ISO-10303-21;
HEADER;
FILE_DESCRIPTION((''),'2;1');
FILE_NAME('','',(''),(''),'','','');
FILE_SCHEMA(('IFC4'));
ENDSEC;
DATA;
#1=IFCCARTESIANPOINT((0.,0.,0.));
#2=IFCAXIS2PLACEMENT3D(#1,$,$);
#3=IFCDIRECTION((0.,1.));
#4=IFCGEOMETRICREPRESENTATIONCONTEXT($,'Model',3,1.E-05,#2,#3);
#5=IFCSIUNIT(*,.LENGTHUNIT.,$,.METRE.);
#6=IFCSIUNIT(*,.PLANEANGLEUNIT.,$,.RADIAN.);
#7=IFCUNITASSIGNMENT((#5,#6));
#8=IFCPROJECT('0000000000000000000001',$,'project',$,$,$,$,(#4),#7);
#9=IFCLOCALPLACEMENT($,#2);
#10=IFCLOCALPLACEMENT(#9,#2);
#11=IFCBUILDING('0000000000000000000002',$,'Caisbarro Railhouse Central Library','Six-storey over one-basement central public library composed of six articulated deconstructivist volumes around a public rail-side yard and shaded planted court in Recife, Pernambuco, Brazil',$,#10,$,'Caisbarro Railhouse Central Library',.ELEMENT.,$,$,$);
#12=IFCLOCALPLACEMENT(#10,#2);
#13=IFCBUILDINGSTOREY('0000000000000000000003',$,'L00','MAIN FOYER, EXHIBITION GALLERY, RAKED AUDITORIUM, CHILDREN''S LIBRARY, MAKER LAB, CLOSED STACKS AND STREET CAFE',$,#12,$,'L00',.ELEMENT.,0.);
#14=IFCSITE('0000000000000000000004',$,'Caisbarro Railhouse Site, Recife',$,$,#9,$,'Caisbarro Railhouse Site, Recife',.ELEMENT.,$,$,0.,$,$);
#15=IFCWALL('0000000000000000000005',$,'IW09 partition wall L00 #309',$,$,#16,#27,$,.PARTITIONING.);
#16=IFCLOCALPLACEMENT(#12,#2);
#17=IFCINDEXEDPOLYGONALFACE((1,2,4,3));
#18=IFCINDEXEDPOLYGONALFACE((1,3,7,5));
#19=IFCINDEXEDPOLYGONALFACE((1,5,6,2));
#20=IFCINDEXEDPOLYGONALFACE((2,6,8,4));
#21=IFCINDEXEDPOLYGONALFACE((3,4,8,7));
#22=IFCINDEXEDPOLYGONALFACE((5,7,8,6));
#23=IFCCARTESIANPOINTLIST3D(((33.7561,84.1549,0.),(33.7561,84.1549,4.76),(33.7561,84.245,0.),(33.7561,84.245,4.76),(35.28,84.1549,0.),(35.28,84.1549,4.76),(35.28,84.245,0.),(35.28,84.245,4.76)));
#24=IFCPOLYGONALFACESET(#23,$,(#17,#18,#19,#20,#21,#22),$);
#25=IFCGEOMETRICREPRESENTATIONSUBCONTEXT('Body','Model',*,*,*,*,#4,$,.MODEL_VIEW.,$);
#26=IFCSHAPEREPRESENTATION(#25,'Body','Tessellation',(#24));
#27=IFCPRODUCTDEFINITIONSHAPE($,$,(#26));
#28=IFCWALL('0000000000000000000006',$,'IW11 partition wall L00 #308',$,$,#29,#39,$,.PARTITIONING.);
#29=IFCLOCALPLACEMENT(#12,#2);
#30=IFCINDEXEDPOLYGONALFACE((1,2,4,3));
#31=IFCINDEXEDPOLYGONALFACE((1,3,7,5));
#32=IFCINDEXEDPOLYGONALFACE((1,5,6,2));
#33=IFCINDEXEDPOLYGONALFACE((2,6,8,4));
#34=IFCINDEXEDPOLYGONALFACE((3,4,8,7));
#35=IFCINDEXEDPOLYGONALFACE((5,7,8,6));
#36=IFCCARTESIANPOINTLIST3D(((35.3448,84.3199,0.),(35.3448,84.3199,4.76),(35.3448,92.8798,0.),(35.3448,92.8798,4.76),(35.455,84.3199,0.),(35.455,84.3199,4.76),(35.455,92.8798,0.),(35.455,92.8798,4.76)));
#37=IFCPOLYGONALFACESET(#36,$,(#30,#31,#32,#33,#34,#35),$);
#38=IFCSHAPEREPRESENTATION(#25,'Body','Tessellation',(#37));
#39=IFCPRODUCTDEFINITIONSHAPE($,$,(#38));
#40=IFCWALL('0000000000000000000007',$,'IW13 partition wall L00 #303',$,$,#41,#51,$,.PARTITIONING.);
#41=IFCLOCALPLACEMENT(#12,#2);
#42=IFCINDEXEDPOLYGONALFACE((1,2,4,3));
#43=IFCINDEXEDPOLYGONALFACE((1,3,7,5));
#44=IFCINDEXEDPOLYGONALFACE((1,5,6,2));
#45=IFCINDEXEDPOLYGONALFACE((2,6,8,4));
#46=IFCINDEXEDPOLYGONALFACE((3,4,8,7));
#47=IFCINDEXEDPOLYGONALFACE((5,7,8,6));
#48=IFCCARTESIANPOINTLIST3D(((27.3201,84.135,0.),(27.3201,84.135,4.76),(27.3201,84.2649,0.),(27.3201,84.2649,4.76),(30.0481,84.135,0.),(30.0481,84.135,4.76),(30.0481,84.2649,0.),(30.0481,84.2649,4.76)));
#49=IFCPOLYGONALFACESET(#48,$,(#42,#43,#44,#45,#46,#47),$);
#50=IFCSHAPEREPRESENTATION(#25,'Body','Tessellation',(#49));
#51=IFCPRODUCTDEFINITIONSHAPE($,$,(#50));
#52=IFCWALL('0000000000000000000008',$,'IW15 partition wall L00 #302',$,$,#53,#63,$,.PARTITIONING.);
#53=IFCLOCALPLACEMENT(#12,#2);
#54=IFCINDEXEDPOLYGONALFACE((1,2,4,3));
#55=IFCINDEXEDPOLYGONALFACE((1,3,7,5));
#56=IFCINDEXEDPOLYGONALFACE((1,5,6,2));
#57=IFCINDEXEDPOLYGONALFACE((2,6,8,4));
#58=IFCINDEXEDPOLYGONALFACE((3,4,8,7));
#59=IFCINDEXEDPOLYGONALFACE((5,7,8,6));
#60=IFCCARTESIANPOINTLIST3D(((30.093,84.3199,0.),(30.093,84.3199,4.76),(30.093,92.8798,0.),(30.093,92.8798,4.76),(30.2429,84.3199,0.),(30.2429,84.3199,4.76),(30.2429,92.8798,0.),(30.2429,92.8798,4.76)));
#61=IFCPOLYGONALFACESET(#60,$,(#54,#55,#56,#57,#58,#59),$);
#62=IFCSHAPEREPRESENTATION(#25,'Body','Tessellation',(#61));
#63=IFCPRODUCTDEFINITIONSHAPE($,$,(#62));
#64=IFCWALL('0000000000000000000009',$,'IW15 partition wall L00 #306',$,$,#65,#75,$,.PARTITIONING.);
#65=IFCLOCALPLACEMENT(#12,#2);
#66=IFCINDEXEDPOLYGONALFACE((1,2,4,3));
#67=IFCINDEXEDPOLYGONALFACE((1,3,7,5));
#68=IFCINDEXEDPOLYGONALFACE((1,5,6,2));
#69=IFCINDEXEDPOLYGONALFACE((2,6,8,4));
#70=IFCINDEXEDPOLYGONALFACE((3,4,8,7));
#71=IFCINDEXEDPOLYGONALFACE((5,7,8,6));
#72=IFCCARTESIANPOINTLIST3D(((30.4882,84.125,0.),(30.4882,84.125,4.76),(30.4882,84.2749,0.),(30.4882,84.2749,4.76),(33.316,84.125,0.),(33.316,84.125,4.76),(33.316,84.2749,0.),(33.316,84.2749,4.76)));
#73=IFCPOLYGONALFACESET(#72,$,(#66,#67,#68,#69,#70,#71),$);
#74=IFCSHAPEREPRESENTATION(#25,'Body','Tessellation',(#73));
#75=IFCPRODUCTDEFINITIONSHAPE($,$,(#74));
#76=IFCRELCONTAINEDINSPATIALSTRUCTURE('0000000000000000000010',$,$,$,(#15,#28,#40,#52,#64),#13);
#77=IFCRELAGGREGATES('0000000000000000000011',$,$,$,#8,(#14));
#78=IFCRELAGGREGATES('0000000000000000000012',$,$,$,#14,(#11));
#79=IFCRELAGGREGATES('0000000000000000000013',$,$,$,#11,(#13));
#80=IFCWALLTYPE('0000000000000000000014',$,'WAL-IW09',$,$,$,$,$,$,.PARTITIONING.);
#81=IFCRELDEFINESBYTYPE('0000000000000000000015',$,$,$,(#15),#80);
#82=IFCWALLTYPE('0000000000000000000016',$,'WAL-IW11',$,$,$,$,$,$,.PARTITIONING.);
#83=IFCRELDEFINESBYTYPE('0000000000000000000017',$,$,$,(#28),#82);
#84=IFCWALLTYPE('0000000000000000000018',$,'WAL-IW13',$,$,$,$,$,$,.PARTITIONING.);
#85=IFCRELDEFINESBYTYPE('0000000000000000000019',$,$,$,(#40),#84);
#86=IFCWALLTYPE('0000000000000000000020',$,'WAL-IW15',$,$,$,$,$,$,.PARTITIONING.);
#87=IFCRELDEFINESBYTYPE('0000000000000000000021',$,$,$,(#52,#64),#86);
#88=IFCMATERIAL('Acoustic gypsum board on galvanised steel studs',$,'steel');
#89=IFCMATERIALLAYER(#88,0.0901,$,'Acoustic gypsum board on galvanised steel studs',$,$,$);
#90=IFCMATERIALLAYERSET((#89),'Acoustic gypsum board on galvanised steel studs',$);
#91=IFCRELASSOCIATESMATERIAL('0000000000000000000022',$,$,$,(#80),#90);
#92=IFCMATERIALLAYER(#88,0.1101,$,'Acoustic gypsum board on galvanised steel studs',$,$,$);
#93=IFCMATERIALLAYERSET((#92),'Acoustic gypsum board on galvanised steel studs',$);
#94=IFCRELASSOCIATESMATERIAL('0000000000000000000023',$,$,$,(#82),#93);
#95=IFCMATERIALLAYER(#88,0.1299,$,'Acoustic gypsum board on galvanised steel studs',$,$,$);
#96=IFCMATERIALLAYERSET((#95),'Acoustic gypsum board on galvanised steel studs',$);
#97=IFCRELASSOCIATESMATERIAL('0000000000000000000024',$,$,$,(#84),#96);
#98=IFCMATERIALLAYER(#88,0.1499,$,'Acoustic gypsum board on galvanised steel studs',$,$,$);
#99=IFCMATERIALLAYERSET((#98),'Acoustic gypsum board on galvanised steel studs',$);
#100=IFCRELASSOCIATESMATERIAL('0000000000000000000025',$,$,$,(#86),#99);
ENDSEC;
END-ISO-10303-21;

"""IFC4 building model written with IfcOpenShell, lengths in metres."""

from ifc_helpers import new_model, si_unit, direction, frame, frame_2d, origin, place, context, subcontext, project, spatial, rectangle, extrude, material, layer, layer_set, type_object, element, save


model = new_model("IFC4")

# Units and contexts
model_context = context("Model", 3, precision=1e-05, world=origin(), true_north=direction((0.0, 1.0)))
body_context = subcontext(model_context, "Body", "Model", "MODEL_VIEW")
ifc_project = project(units=[si_unit("LENGTHUNIT", "METRE"), si_unit("PLANEANGLEUNIT", "RADIAN")], contexts=[model_context])

# Site, building, storey
site_placement = place(None, origin())
site = spatial("IfcSite", under=ifc_project, at=site_placement, Name="Caisbarro Railhouse Site, Recife", LongName="Caisbarro Railhouse Site, Recife", CompositionType="ELEMENT", RefElevation=0.0)
building_placement = place(site_placement, origin())
building = spatial("IfcBuilding", under=site, at=building_placement, Name="Caisbarro Railhouse Central Library", Description="Six-storey over one-basement central public library composed of six articulated deconstructivist volumes around a public rail-side yard and shaded planted court in Recife, Pernambuco, Brazil", LongName="Caisbarro Railhouse Central Library", CompositionType="ELEMENT")
storey_placement = place(building_placement, origin())
storey = spatial("IfcBuildingStorey", under=building, at=storey_placement, Name="L00", Description="MAIN FOYER, EXHIBITION GALLERY, RAKED AUDITORIUM, CHILDREN'S LIBRARY, MAKER LAB, CLOSED STACKS AND STREET CAFE", LongName="L00", CompositionType="ELEMENT", Elevation=0.0)

# Walls
ifc_material_1 = material(Name="Acoustic gypsum board on galvanised steel studs", Category="steel")
ifc_layer_1 = layer(ifc_material_1, 0.0901, Name="Acoustic gypsum board on galvanised steel studs")
ifc_layer_set_1 = layer_set([ifc_layer_1], Name="Acoustic gypsum board on galvanised steel studs")
wall_type_1 = type_object("IfcWallType", Name="WAL-IW09", PredefinedType="PARTITIONING", material=ifc_layer_set_1)
wall_1_placement = place(storey_placement, frame((33.7561, 84.2, 0.0), z_axis=(0.0, 0.0, 1.0), x_axis=(1.0, 0.0, 0.0)))
element("IfcWall", 1, at=wall_1_placement, inside=storey, type_object=wall_type_1, Name="IW09 partition wall L00 #309", PredefinedType="PARTITIONING", context=body_context, shape_type="SweptSolid", body=[
    extrude(rectangle(XDim=1.5239, YDim=0.0901, at=frame_2d((0.762, 0.0))), origin(), (0.0, 0.0, 1.0), 4.76),
])
ifc_layer_2 = layer(ifc_material_1, 0.1101, Name="Acoustic gypsum board on galvanised steel studs")
ifc_layer_set_2 = layer_set([ifc_layer_2], Name="Acoustic gypsum board on galvanised steel studs")
wall_type_2 = type_object("IfcWallType", Name="WAL-IW11", PredefinedType="PARTITIONING", material=ifc_layer_set_2)
wall_2_placement = place(storey_placement, frame((35.3999, 84.3201, 0.0), z_axis=(0.0, 0.0, 1.0), x_axis=(0.0, 1.0, 0.0)))
element("IfcWall", 2, at=wall_2_placement, inside=storey, type_object=wall_type_2, Name="IW11 partition wall L00 #308", PredefinedType="PARTITIONING", context=body_context, shape_type="SweptSolid", body=[
    extrude(rectangle(XDim=8.5598, YDim=0.1101, at=frame_2d((4.2798, 0.0))), origin(), (0.0, 0.0, 1.0), 4.76),
])
ifc_layer_3 = layer(ifc_material_1, 0.1299, Name="Acoustic gypsum board on galvanised steel studs")
ifc_layer_set_3 = layer_set([ifc_layer_3], Name="Acoustic gypsum board on galvanised steel studs")
wall_type_3 = type_object("IfcWallType", Name="WAL-IW13", PredefinedType="PARTITIONING", material=ifc_layer_set_3)
wall_3_placement = place(storey_placement, frame((27.3201, 84.2, 0.0), z_axis=(0.0, 0.0, 1.0), x_axis=(1.0, 0.0, 0.0)))
element("IfcWall", 3, at=wall_3_placement, inside=storey, type_object=wall_type_3, Name="IW13 partition wall L00 #303", PredefinedType="PARTITIONING", context=body_context, shape_type="SweptSolid", body=[
    extrude(rectangle(XDim=2.728, YDim=0.1299, at=frame_2d((1.364, 0.0))), origin(), (0.0, 0.0, 1.0), 4.76),
])
ifc_layer_4 = layer(ifc_material_1, 0.1499, Name="Acoustic gypsum board on galvanised steel studs")
ifc_layer_set_4 = layer_set([ifc_layer_4], Name="Acoustic gypsum board on galvanised steel studs")
wall_type_4 = type_object("IfcWallType", Name="WAL-IW15", PredefinedType="PARTITIONING", material=ifc_layer_set_4)
wall_4_placement = place(storey_placement, frame((30.168, 84.3201, 0.0), z_axis=(0.0, 0.0, 1.0), x_axis=(0.0, 1.0, 0.0)))
element("IfcWall", 4, at=wall_4_placement, inside=storey, type_object=wall_type_4, Name="IW15 partition wall L00 #302", PredefinedType="PARTITIONING", context=body_context, shape_type="SweptSolid", body=[
    extrude(rectangle(XDim=8.5598, YDim=0.1499, at=frame_2d((4.2798, 0.0))), origin(), (0.0, 0.0, 1.0), 4.76),
])
wall_5_placement = place(storey_placement, frame((30.488, 84.2, 0.0), z_axis=(0.0, 0.0, 1.0), x_axis=(1.0, 0.0, 0.0)))
element("IfcWall", 5, at=wall_5_placement, inside=storey, type_object=wall_type_4, Name="IW15 partition wall L00 #306", PredefinedType="PARTITIONING", context=body_context, shape_type="SweptSolid", body=[
    extrude(rectangle(XDim=2.8279, YDim=0.1499, at=frame_2d((1.4141, 0.0))), origin(), (0.0, 0.0, 1.0), 4.76),
])

save(model, "model.ifc")
